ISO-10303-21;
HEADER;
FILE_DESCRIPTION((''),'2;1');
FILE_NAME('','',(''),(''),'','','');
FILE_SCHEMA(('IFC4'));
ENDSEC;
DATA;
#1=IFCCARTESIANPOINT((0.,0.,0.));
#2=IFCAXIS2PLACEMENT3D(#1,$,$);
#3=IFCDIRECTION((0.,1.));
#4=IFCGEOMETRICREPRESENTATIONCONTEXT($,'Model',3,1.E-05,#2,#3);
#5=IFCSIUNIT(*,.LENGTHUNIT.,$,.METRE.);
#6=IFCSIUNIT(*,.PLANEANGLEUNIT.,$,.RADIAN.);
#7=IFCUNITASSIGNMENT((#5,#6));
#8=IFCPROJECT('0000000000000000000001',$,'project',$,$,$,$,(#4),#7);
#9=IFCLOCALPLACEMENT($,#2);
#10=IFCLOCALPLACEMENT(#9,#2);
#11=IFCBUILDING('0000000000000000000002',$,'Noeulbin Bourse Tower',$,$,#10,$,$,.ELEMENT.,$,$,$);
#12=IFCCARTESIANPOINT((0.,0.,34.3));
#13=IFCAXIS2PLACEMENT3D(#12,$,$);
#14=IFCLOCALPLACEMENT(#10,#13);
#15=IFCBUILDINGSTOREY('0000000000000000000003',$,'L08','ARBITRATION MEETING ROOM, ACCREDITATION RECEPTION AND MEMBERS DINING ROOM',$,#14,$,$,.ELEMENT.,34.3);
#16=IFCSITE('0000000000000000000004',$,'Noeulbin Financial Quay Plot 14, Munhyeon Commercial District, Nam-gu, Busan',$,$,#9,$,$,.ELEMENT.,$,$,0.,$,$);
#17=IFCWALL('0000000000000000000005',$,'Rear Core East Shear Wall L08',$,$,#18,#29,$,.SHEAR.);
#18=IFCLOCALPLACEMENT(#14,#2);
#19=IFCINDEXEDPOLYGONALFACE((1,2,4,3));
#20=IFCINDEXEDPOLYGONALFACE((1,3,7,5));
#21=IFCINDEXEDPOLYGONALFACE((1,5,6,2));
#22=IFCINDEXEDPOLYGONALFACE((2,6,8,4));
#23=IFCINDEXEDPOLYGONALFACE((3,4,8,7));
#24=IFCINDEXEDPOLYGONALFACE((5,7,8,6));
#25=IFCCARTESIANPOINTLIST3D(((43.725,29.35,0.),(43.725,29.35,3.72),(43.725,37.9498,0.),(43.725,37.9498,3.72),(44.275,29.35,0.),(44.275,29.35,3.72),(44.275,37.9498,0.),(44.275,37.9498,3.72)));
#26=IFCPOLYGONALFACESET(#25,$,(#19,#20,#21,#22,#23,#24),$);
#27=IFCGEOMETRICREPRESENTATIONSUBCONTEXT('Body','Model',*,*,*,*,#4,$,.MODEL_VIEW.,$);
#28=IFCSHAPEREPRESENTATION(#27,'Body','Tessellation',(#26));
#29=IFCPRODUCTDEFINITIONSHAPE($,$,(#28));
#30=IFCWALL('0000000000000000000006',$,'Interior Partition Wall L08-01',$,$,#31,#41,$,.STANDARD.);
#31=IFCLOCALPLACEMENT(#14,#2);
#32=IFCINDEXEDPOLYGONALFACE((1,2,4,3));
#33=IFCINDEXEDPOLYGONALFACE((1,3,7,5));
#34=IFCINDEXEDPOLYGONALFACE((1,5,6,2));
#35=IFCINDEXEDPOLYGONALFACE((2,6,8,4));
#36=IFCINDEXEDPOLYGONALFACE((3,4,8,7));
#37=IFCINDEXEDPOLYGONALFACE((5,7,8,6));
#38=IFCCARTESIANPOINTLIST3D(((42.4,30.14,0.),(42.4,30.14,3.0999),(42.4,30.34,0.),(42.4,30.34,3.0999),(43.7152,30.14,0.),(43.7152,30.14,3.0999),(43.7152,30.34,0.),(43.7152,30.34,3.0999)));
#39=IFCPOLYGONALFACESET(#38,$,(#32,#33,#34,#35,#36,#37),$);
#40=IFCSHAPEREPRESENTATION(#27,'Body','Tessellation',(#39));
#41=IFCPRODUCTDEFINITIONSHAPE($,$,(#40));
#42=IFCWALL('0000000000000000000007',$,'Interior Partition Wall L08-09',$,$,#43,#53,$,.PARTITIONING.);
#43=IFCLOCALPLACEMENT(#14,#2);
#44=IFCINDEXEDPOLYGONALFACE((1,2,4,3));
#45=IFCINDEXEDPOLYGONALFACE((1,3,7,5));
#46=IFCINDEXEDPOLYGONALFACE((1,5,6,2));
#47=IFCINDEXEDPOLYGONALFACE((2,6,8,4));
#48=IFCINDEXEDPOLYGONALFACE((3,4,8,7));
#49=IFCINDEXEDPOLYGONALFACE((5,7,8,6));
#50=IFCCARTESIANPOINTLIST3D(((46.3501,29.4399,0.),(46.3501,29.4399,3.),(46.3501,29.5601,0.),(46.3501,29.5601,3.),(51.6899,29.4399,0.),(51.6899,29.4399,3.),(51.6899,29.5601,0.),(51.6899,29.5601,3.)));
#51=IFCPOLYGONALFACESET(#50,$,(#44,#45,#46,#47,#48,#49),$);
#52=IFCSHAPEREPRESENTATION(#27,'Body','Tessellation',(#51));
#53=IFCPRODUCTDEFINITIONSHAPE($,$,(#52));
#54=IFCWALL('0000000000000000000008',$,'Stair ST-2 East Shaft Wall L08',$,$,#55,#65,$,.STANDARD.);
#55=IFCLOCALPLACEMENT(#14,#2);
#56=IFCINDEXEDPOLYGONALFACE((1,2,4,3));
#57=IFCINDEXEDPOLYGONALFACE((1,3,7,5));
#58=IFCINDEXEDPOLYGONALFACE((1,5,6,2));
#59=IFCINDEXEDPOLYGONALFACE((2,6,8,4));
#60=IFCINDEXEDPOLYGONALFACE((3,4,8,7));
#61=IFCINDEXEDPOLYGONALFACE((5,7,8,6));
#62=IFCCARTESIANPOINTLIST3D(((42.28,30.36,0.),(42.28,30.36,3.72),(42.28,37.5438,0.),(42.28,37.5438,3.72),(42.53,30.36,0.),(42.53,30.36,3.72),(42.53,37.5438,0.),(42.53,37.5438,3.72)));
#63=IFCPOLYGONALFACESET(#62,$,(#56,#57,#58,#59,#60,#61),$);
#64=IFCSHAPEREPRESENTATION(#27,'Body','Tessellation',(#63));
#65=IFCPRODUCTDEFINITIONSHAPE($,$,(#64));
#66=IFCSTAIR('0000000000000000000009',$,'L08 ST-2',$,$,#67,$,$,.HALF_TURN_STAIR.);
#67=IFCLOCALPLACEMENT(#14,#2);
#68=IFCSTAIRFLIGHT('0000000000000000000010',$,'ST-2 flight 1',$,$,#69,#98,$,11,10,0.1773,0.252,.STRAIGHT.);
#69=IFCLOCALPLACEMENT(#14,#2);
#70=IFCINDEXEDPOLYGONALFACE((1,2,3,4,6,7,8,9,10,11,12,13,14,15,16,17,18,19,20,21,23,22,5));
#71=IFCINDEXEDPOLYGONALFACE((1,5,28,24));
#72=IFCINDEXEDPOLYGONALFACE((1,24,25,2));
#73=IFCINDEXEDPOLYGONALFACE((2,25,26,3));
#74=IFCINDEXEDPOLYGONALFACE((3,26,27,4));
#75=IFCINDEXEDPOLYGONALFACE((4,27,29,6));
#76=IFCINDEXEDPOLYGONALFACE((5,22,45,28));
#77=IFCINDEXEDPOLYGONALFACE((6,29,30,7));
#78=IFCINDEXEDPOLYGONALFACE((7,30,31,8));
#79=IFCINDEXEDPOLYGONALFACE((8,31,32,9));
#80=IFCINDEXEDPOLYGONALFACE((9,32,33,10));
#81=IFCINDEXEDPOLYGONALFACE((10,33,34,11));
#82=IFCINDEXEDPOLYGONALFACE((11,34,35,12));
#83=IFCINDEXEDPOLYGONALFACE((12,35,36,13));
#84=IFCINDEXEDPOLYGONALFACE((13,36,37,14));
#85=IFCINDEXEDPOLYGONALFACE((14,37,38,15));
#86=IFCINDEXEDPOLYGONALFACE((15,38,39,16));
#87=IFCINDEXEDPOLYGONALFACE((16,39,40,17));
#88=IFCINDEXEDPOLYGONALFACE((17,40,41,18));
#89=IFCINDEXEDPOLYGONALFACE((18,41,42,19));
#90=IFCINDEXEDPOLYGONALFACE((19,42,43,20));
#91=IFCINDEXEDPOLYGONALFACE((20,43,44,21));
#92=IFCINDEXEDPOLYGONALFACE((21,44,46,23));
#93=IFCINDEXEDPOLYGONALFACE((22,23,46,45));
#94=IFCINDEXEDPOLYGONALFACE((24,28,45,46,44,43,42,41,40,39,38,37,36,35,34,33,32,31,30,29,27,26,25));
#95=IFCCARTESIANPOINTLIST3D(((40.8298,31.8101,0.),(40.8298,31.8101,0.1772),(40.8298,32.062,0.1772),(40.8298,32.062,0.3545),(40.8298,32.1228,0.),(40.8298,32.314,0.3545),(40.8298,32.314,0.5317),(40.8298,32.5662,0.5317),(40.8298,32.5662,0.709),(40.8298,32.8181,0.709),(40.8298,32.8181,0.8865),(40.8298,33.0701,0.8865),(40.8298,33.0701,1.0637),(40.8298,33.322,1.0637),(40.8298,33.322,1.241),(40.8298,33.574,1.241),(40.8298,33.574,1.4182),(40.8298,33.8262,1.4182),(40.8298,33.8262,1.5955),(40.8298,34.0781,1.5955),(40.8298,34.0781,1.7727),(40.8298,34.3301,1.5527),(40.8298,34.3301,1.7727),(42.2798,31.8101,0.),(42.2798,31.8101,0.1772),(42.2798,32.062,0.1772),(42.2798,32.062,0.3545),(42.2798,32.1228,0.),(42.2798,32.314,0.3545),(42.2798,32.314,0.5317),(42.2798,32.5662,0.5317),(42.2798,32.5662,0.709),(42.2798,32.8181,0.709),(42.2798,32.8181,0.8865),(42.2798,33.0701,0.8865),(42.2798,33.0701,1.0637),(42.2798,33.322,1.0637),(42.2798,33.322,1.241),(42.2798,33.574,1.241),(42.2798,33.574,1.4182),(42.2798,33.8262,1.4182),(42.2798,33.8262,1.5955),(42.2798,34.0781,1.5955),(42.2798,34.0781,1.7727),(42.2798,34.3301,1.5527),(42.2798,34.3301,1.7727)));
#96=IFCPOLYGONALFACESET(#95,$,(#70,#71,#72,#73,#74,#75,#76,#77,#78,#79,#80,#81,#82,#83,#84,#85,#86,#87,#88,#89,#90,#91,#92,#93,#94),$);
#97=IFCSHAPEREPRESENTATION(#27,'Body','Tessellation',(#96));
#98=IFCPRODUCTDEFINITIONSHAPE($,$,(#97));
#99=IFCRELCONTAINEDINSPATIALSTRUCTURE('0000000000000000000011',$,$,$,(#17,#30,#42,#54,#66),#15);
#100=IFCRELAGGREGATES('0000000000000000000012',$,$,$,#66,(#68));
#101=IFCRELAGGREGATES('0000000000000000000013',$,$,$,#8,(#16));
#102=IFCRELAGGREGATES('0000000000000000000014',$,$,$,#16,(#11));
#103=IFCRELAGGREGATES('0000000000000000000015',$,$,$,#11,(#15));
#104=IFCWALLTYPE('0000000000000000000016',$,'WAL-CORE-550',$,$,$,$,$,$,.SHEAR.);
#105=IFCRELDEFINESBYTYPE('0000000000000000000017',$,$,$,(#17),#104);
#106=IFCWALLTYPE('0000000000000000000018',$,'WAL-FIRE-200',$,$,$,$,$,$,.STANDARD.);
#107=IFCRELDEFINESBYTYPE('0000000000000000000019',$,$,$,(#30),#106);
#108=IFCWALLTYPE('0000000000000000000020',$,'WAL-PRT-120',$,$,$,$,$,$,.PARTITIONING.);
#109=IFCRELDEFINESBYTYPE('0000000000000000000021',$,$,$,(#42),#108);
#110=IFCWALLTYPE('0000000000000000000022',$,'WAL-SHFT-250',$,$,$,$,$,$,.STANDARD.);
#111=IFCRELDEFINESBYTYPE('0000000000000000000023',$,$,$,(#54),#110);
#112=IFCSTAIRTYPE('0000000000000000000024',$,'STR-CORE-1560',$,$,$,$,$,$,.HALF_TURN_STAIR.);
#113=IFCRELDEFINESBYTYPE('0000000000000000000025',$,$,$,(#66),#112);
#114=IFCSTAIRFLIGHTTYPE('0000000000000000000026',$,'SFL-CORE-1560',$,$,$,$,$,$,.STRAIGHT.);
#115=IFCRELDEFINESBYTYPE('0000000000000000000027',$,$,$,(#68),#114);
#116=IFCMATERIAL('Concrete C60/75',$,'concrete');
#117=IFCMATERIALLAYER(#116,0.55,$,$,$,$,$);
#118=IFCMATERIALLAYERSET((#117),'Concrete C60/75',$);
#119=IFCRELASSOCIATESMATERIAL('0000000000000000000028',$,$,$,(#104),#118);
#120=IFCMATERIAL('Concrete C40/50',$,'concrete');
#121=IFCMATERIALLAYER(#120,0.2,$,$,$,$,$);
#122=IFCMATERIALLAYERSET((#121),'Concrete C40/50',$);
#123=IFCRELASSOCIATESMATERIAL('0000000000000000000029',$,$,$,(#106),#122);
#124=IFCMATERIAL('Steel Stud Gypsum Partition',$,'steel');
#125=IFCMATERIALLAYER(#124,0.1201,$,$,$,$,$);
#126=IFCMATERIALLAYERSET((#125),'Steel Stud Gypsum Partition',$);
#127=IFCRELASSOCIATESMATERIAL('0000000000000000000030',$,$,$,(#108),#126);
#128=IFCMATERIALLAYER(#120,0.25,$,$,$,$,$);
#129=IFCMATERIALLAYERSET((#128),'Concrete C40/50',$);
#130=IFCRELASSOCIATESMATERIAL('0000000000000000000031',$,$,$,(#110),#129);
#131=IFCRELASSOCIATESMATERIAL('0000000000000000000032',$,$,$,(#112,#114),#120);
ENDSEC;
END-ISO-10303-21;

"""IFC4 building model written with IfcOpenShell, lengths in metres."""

from ifc_helpers import new_model, si_unit, direction, frame, frame_2d, origin, place, context, subcontext, project, spatial, polyline, rectangle, outline, extrude, material, layer, layer_set, type_object, element, aggregate, save


model = new_model("IFC4")

# Units and contexts
model_context = context("Model", 3, precision=1e-05, world=origin(), true_north=direction((0.0, 1.0)))
body_context = subcontext(model_context, "Body", "Model", "MODEL_VIEW")
ifc_project = project(units=[si_unit("LENGTHUNIT", "METRE"), si_unit("PLANEANGLEUNIT", "RADIAN")], contexts=[model_context])

# Site, building, storey
site_placement = place(None, origin())
site = spatial("IfcSite", under=ifc_project, at=site_placement, Name="Noeulbin Financial Quay Plot 14, Munhyeon Commercial District, Nam-gu, Busan", CompositionType="ELEMENT", RefElevation=0.0)
building_placement = place(site_placement, origin())
building = spatial("IfcBuilding", under=site, at=building_placement, Name="Noeulbin Bourse Tower", CompositionType="ELEMENT")
storey_placement = place(building_placement, frame((0.0, 0.0, 34.3)))
storey = spatial("IfcBuildingStorey", under=building, at=storey_placement, Name="L08", Description="ARBITRATION MEETING ROOM, ACCREDITATION RECEPTION AND MEMBERS DINING ROOM", CompositionType="ELEMENT", Elevation=34.3)

# Walls
ifc_material_1 = material(Name="Concrete C60/75", Category="concrete")
ifc_layer_1 = layer(ifc_material_1, 0.55)
ifc_layer_set_1 = layer_set([ifc_layer_1], Name="Concrete C60/75")
wall_type_1 = type_object("IfcWallType", Name="WAL-CORE-550", PredefinedType="SHEAR", material=ifc_layer_set_1)
wall_1_placement = place(storey_placement, frame((44.0, 29.3501, 0.0), z_axis=(0.0, 0.0, 1.0), x_axis=(0.0, 1.0, 0.0)))
element("IfcWall", 1, at=wall_1_placement, inside=storey, type_object=wall_type_1, Name="Rear Core East Shear Wall L08", PredefinedType="SHEAR", context=body_context, shape_type="SweptSolid", body=[
    extrude(rectangle(XDim=8.5999, YDim=0.55, at=frame_2d((4.2998, 0.0))), origin(), (0.0, 0.0, 1.0), 3.72),
])
ifc_material_2 = material(Name="Concrete C40/50", Category="concrete")
ifc_layer_2 = layer(ifc_material_2, 0.2)
ifc_layer_set_2 = layer_set([ifc_layer_2], Name="Concrete C40/50")
wall_type_2 = type_object("IfcWallType", Name="WAL-FIRE-200", PredefinedType="STANDARD", material=ifc_layer_set_2)
wall_2_placement = place(storey_placement, frame((42.3999, 30.24, 0.0), z_axis=(0.0, 0.0, 1.0), x_axis=(1.0, 0.0, 0.0)))
element("IfcWall", 2, at=wall_2_placement, inside=storey, type_object=wall_type_2, Name="Interior Partition Wall L08-01", PredefinedType="STANDARD", context=body_context, shape_type="SweptSolid", body=[
    extrude(rectangle(XDim=1.3152, YDim=0.2, at=frame_2d((0.6577, 0.0))), origin(), (0.0, 0.0, 1.0), 3.0999),
])
ifc_material_3 = material(Name="Steel Stud Gypsum Partition", Category="steel")
ifc_layer_3 = layer(ifc_material_3, 0.1201)
ifc_layer_set_3 = layer_set([ifc_layer_3], Name="Steel Stud Gypsum Partition")
wall_type_3 = type_object("IfcWallType", Name="WAL-PRT-120", PredefinedType="PARTITIONING", material=ifc_layer_set_3)
wall_3_placement = place(storey_placement, frame((46.3501, 29.5, 0.0), z_axis=(0.0, 0.0, 1.0), x_axis=(1.0, 0.0, 0.0)))
element("IfcWall", 3, at=wall_3_placement, inside=storey, type_object=wall_type_3, Name="Interior Partition Wall L08-09", PredefinedType="PARTITIONING", context=body_context, shape_type="SweptSolid", body=[
    extrude(rectangle(XDim=5.3398, YDim=0.1201, at=frame_2d((2.6699, 0.0))), origin(), (0.0, 0.0, 1.0), 3.0),
])
ifc_layer_4 = layer(ifc_material_2, 0.25)
ifc_layer_set_4 = layer_set([ifc_layer_4], Name="Concrete C40/50")
wall_type_4 = type_object("IfcWallType", Name="WAL-SHFT-250", PredefinedType="STANDARD", material=ifc_layer_set_4)
wall_4_placement = place(storey_placement, frame((42.405, 30.3601, 0.0), z_axis=(0.0, 0.0, 1.0), x_axis=(0.0, 1.0, 0.0)))
element("IfcWall", 4, at=wall_4_placement, inside=storey, type_object=wall_type_4, Name="Stair ST-2 East Shaft Wall L08", PredefinedType="STANDARD", context=body_context, shape_type="SweptSolid", body=[
    extrude(rectangle(XDim=7.1838, YDim=0.25, at=frame_2d((3.5918, 0.0))), origin(), (0.0, 0.0, 1.0), 3.72),
])

# Stair, stair flight
stair_type = type_object("IfcStairType", Name="STR-CORE-1560", PredefinedType="HALF_TURN_STAIR", material=ifc_material_2)
stair_placement = place(storey_placement, origin())
stair = element("IfcStair", 5, at=stair_placement, inside=storey, type_object=stair_type, Name="L08 ST-2", PredefinedType="HALF_TURN_STAIR")
stair_flight_type = type_object("IfcStairFlightType", Name="SFL-CORE-1560", PredefinedType="STRAIGHT", material=ifc_material_2)
stair_flight_placement = place(storey_placement, frame((41.5549, 31.8101, 0.0), z_axis=(0.0, 0.0, 1.0), x_axis=(0.0, 1.0, 0.0)))
stair_flight = element("IfcStairFlight", 6, at=stair_flight_placement, type_object=stair_flight_type, Name="ST-2 flight 1", NumberOfRisers=11, NumberOfTreads=10, PredefinedType="STRAIGHT", RiserHeight=0.1773, TreadLength=0.252, context=body_context, shape_type="SweptSolid", body=[
    extrude(outline(polyline([(0.0, 0.0), (0.0, 0.1772), (0.252, 0.1772), (0.252, 0.3545), (0.5039, 0.3545), (0.5039, 0.5317), (0.7561, 0.5317), (0.7561, 0.709), (1.0081, 0.709), (1.0081, 0.8865), (1.26, 0.8865), (1.26, 1.0637), (1.512, 1.0637), (1.512, 1.241), (1.7639, 1.241), (1.7639, 1.4182), (2.0161, 1.4182), (2.0161, 1.5955), (2.2681, 1.5955), (2.2681, 1.7727), (2.52, 1.7727), (2.52, 1.95), (2.52, 1.5527), (0.3127, 0.0), (0.0, 0.0)])), frame((0.0, 0.7251, 0.0), z_axis=(0.0, -1.0, 0.0), x_axis=(1.0, 0.0, 0.0)), (0.0, 0.0, 1.0), 1.45),
])
aggregate(stair, [stair_flight])

save(model, "model.ifc")
